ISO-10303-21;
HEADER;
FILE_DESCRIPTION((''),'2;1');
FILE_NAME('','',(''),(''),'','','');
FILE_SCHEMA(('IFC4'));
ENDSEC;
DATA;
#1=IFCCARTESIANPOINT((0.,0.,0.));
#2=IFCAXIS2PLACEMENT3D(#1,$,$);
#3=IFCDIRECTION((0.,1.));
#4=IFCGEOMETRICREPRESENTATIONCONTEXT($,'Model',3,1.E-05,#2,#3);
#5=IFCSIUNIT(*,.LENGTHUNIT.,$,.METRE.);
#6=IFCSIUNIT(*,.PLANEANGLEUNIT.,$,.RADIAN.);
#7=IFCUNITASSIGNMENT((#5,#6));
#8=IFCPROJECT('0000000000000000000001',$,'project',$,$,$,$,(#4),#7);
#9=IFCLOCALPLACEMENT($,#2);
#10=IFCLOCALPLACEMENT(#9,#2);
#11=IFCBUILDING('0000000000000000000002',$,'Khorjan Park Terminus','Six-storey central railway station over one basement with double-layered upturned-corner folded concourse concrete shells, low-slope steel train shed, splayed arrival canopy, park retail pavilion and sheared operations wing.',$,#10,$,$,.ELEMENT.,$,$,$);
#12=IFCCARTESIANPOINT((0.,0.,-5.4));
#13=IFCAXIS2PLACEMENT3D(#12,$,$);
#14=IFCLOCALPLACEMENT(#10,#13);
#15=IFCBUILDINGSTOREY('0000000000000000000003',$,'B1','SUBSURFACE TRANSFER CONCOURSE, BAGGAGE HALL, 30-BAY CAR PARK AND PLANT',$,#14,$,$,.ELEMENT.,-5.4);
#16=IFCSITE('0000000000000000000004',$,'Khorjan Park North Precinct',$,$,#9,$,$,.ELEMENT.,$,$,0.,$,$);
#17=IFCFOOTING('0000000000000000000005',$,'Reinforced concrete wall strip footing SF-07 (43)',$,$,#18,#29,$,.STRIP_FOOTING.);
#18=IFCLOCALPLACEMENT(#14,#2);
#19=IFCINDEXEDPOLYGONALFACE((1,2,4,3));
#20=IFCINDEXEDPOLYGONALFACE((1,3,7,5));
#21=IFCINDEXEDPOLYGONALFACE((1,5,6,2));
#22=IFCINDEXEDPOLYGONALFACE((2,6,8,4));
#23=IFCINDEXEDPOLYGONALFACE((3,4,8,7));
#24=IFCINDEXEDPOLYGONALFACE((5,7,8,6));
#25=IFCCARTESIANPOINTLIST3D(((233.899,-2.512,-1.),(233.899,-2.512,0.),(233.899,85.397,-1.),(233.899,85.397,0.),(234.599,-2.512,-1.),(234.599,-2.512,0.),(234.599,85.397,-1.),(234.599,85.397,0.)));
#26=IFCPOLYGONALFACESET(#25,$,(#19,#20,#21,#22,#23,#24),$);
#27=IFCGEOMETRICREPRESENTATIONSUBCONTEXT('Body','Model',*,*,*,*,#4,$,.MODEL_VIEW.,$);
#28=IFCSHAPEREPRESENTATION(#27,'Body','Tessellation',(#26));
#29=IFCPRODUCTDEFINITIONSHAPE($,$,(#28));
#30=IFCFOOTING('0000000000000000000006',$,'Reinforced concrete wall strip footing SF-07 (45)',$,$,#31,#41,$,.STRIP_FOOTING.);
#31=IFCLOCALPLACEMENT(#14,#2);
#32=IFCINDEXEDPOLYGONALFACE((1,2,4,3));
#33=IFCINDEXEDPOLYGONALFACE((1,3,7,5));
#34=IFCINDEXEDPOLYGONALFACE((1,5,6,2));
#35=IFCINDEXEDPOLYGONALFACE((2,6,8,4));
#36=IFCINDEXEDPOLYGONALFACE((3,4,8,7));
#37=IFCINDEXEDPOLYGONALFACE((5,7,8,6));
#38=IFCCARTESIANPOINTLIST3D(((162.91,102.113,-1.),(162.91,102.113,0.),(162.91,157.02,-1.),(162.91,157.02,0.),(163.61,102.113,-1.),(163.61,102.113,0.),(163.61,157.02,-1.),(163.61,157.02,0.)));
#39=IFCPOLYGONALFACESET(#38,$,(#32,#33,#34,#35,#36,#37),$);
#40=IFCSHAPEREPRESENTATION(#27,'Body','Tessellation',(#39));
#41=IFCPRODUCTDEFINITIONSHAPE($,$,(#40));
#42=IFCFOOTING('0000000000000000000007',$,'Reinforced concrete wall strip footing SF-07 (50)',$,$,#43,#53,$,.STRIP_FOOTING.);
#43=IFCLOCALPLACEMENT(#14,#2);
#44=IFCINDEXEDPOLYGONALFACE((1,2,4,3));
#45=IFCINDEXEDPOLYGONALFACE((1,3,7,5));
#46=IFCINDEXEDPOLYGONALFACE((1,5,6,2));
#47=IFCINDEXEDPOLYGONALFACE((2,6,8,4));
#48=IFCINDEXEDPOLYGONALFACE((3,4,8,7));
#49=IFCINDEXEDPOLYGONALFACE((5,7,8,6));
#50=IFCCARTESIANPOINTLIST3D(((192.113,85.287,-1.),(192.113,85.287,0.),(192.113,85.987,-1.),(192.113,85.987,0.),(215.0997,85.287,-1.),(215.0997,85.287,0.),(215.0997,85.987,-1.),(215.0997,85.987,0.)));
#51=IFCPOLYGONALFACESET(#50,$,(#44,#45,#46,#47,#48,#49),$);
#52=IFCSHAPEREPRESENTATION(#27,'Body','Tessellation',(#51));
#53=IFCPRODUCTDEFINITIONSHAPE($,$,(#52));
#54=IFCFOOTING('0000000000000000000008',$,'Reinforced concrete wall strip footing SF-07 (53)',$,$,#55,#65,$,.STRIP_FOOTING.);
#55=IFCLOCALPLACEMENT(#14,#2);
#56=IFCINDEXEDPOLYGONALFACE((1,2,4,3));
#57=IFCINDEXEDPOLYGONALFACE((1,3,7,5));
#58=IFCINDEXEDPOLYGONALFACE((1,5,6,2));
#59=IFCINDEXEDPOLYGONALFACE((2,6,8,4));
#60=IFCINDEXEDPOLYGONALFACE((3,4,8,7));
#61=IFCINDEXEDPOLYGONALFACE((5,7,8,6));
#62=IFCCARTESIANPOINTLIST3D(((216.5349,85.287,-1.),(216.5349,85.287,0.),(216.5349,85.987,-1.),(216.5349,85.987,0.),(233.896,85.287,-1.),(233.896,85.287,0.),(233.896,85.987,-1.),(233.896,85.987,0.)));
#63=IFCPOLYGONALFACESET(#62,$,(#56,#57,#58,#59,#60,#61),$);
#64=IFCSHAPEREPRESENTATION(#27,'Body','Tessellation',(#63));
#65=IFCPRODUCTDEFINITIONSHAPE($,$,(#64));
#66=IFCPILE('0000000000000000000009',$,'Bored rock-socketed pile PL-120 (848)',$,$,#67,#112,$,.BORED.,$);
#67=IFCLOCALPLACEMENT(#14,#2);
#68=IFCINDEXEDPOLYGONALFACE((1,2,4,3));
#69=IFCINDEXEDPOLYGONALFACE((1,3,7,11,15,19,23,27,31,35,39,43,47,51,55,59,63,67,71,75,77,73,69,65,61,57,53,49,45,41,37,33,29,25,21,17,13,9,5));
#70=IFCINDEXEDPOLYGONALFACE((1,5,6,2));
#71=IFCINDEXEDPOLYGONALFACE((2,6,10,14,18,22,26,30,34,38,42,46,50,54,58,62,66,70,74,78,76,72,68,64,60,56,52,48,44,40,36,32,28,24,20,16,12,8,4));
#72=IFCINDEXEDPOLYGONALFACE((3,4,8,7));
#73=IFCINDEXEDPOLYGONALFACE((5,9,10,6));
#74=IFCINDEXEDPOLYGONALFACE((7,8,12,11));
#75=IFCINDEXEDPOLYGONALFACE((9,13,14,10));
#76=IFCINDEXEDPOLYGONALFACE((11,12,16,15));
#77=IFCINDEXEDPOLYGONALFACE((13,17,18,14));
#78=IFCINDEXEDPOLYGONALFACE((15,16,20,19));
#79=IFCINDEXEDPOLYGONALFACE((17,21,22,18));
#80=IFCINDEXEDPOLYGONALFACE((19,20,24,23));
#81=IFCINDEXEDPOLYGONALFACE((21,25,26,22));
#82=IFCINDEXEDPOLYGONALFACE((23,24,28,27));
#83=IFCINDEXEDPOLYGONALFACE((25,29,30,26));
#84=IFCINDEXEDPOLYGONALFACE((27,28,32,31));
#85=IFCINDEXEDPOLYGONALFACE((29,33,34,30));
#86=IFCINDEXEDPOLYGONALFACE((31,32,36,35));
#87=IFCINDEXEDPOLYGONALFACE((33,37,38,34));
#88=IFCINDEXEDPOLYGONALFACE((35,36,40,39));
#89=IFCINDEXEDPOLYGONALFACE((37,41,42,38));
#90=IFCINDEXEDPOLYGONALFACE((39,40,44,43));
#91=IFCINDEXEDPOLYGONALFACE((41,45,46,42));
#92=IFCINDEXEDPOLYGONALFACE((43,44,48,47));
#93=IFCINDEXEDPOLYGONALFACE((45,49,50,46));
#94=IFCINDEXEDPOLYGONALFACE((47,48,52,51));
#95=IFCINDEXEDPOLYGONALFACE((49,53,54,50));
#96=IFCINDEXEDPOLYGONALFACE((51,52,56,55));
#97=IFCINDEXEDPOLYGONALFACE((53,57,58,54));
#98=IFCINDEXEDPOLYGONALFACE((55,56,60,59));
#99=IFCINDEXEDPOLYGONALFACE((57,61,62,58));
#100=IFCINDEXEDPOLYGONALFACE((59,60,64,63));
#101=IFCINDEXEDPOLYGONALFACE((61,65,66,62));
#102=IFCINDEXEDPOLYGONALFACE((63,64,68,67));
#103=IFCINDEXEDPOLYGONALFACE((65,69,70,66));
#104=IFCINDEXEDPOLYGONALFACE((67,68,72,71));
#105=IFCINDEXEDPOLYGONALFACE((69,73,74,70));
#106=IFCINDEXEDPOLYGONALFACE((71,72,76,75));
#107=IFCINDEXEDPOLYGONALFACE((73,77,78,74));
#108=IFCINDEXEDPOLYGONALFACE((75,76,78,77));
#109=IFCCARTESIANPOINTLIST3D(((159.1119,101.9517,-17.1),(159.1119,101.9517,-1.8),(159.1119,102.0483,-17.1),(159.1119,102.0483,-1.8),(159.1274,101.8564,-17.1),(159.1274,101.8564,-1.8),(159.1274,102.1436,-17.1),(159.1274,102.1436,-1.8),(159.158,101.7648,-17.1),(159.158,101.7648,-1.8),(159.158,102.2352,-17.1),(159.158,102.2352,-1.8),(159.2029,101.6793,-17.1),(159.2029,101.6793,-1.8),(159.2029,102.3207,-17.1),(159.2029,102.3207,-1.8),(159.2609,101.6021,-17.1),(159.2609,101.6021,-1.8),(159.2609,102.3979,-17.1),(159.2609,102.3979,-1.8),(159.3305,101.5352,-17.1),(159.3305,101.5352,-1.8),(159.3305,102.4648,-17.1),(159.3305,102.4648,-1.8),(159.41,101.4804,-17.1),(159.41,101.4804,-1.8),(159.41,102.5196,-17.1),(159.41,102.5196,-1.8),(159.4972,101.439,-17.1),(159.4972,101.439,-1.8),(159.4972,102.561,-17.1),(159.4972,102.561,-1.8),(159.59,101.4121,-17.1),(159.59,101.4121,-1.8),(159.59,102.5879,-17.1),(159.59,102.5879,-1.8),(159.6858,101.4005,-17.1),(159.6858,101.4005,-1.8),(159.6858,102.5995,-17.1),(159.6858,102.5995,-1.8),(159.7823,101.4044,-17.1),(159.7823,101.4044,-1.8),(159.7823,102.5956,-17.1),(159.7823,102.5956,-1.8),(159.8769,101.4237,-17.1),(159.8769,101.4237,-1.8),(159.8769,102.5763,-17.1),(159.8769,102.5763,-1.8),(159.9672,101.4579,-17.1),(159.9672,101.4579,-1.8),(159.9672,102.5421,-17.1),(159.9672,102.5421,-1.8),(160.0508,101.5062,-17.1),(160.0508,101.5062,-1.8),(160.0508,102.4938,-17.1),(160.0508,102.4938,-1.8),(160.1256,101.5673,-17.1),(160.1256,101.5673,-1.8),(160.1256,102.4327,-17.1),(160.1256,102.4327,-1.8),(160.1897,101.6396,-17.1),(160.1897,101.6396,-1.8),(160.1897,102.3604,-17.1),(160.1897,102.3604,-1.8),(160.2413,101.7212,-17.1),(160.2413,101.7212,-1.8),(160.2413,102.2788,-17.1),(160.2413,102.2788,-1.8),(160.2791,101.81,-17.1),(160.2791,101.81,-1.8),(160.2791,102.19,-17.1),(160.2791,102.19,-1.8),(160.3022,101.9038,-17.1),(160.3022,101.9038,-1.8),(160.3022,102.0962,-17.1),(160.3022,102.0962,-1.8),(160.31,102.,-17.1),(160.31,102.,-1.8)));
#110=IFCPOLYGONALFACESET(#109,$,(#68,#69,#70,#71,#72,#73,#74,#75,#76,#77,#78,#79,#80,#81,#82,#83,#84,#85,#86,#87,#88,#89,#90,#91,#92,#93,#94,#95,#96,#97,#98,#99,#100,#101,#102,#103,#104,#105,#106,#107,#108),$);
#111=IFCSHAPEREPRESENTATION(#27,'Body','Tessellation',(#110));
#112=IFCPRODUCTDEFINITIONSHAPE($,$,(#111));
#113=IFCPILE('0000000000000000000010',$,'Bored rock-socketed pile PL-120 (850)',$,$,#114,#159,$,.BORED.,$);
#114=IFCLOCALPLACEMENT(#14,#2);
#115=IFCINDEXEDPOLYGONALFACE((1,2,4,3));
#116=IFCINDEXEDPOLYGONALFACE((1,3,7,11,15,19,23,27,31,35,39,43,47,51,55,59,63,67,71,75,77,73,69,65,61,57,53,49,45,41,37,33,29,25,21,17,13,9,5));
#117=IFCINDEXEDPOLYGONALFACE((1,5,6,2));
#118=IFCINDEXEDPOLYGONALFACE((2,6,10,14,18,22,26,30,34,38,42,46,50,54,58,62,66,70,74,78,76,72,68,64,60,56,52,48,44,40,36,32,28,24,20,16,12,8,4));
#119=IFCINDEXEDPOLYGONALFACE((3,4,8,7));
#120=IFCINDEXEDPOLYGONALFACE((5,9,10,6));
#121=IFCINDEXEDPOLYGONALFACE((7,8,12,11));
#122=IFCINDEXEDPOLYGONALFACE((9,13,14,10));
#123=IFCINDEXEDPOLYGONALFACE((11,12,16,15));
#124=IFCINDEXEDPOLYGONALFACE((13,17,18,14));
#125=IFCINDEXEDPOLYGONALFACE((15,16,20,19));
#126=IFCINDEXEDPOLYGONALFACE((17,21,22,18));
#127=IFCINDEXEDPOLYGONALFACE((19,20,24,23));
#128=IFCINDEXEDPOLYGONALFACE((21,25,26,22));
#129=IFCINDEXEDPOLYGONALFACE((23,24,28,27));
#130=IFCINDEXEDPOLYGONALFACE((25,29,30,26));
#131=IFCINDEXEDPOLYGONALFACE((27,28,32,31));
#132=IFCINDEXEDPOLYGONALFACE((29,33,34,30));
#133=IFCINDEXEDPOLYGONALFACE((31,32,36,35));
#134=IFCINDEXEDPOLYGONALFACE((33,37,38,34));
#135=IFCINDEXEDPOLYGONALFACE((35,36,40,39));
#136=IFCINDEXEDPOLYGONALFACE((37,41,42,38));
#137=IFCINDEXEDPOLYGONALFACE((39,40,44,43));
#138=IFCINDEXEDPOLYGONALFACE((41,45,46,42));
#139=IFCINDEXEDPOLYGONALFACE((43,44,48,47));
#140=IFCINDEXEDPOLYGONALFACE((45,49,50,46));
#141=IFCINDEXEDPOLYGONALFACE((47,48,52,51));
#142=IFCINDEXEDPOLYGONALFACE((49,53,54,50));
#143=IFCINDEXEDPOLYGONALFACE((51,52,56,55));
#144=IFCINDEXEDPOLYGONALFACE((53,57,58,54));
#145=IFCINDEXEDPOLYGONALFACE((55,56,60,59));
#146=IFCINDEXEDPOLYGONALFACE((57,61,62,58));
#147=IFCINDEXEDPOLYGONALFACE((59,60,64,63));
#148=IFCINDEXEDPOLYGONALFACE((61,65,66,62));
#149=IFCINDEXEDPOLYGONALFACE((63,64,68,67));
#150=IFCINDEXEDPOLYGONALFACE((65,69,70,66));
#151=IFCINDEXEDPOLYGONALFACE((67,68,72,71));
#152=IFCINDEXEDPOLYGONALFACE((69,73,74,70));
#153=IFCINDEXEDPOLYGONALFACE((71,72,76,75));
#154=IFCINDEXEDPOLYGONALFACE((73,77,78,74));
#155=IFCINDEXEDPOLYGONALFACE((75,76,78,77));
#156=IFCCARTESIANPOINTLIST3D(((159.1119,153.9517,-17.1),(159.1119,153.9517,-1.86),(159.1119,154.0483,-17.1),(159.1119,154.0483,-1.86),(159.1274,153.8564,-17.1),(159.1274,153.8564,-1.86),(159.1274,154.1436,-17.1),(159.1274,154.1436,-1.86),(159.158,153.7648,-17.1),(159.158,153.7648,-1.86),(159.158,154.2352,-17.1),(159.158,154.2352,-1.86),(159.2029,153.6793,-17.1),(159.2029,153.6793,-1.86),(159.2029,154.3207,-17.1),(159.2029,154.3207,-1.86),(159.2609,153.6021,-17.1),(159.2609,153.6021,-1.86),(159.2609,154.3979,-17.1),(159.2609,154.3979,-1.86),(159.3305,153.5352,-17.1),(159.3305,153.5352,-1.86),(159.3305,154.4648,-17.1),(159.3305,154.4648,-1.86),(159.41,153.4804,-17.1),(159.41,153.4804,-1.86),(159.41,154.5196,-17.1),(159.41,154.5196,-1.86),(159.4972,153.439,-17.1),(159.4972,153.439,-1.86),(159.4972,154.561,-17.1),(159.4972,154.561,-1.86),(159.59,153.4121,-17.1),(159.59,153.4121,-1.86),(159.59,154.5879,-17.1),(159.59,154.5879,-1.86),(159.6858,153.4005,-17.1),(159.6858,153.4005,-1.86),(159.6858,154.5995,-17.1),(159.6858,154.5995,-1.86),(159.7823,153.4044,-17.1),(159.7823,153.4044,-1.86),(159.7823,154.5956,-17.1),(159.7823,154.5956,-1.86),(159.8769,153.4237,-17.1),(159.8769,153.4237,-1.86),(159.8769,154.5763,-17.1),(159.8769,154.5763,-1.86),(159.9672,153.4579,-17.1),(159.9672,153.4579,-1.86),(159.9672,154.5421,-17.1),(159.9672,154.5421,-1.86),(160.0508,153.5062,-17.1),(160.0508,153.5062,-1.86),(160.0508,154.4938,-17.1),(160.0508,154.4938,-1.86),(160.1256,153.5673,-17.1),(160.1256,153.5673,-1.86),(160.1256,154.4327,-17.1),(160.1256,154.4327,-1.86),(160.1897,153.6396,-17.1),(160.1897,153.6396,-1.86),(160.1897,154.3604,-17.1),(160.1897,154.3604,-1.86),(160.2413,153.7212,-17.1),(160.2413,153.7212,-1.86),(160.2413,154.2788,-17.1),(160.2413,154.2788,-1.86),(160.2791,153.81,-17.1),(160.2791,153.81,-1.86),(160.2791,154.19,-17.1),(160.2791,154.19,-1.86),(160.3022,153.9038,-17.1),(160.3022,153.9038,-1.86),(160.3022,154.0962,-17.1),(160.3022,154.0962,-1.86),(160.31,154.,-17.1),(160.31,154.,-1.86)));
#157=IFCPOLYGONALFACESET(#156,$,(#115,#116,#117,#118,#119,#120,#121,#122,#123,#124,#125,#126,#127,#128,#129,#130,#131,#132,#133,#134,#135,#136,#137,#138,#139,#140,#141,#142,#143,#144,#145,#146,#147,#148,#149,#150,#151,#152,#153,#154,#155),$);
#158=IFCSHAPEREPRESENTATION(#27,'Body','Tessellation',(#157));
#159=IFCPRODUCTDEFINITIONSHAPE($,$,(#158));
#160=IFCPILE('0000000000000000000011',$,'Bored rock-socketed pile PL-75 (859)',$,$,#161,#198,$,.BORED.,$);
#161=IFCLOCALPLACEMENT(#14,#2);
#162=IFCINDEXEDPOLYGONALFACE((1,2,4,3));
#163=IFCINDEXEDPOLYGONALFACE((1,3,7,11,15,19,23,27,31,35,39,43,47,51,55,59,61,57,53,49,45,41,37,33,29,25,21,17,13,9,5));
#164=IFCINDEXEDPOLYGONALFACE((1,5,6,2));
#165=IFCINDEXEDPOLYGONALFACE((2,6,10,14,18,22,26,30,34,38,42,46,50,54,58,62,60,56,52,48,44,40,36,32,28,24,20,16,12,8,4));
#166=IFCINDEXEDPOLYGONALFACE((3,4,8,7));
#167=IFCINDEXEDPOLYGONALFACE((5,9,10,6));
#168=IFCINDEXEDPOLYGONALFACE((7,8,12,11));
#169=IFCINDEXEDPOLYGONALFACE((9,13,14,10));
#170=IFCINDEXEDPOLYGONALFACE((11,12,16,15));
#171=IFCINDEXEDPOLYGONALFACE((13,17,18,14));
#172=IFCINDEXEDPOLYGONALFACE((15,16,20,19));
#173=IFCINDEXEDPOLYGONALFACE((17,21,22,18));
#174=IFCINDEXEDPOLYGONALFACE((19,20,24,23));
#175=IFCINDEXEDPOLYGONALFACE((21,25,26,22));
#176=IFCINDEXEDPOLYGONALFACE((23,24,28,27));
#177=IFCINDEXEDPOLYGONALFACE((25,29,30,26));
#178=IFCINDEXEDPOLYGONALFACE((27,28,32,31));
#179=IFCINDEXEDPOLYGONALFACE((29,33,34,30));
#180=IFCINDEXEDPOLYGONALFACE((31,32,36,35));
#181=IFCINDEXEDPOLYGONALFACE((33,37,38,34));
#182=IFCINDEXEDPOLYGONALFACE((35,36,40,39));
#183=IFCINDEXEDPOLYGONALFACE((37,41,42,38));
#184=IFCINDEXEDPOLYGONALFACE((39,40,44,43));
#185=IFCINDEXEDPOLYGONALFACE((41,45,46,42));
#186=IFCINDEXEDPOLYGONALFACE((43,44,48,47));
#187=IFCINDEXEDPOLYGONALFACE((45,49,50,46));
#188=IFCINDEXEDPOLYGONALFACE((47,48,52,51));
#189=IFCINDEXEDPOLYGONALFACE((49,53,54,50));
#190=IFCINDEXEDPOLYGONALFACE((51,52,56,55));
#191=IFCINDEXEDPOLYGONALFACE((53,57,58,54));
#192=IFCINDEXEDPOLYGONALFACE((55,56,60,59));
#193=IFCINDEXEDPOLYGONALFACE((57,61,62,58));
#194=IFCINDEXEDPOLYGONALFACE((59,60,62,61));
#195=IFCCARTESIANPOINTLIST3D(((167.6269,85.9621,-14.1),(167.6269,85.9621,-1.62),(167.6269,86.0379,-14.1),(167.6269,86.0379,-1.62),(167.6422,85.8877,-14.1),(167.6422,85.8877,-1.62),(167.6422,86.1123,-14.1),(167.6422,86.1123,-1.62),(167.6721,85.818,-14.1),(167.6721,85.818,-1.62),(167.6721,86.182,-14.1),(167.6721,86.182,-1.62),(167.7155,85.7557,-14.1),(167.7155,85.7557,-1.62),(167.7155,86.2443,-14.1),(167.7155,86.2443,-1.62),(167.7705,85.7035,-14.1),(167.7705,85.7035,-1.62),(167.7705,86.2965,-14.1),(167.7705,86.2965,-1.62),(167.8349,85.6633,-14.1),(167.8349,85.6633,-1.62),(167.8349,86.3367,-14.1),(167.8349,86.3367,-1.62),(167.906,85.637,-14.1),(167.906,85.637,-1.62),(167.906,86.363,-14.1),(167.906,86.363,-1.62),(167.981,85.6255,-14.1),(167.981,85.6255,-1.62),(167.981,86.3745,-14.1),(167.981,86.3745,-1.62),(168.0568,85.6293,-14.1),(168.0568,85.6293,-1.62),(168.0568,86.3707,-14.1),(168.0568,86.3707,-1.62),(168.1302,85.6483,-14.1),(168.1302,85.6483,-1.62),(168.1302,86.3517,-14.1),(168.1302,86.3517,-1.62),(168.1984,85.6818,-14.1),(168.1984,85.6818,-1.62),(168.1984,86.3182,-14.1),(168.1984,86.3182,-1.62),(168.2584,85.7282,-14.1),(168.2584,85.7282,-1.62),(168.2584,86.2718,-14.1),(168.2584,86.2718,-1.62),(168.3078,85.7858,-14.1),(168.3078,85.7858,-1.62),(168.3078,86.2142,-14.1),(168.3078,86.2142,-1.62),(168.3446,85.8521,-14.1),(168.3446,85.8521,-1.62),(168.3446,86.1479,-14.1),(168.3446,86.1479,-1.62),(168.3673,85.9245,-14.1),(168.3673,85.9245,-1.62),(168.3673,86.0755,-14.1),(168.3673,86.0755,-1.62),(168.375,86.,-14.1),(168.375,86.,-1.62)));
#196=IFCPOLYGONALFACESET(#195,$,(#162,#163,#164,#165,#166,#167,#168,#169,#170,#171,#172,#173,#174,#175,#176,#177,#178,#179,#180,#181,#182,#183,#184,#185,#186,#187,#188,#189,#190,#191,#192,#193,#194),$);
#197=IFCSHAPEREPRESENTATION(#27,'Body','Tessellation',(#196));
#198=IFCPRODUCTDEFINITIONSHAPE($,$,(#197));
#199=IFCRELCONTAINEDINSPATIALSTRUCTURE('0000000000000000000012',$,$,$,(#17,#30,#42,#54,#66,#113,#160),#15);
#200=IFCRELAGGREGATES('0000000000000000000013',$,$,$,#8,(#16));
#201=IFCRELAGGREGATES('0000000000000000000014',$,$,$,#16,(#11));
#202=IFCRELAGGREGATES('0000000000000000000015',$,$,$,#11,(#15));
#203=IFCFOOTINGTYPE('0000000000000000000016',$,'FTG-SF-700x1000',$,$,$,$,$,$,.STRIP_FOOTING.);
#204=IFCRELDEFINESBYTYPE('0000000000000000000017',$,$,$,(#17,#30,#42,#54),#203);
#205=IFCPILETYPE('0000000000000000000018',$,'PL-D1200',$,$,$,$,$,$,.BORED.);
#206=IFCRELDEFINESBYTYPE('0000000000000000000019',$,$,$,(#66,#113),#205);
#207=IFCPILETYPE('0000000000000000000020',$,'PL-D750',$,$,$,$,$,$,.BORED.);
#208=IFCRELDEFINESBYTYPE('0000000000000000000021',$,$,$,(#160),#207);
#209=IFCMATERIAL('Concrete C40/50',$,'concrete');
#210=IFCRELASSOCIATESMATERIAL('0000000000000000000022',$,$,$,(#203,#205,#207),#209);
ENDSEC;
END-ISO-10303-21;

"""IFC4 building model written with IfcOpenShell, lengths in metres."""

from ifc_helpers import new_model, si_unit, direction, frame, origin, origin_2d, place, context, subcontext, project, spatial, rectangle, circle, extrude, material, material_profile, profile_set, type_object, element, save


model = new_model("IFC4")

# Units and contexts
model_context = context("Model", 3, precision=1e-05, world=origin(), true_north=direction((0.0, 1.0)))
body_context = subcontext(model_context, "Body", "Model", "MODEL_VIEW")
ifc_project = project(units=[si_unit("LENGTHUNIT", "METRE"), si_unit("PLANEANGLEUNIT", "RADIAN")], contexts=[model_context])

# Site, building, storey
site_placement = place(None, origin())
site = spatial("IfcSite", under=ifc_project, at=site_placement, Name="Khorjan Park North Precinct", CompositionType="ELEMENT", RefElevation=0.0)
building_placement = place(site_placement, origin())
building = spatial("IfcBuilding", under=site, at=building_placement, Name="Khorjan Park Terminus", Description="Six-storey central railway station over one basement with double-layered upturned-corner folded concourse concrete shells, low-slope steel train shed, splayed arrival canopy, park retail pavilion and sheared operations wing.", CompositionType="ELEMENT")
storey_placement = place(building_placement, frame((0.0, 0.0, -5.4)))
storey = spatial("IfcBuildingStorey", under=building, at=storey_placement, Name="B1", Description="SUBSURFACE TRANSFER CONCOURSE, BAGGAGE HALL, 30-BAY CAR PARK AND PLANT", CompositionType="ELEMENT", Elevation=-5.4)

# Footings
ifc_material_1 = material(Name="Concrete C40/50", Category="concrete")
ifc_material_profile_1 = material_profile(ifc_material_1, rectangle(XDim=0.7, YDim=1.0, at=origin_2d()), Name="RC 700x1000")
ifc_profile_set_1 = profile_set([ifc_material_profile_1], Name="Concrete C40/50")
footing_type_1 = type_object("IfcFootingType", Name="FTG-SF-700x1000", PredefinedType="STRIP_FOOTING", material=ifc_profile_set_1)
footing_1_placement = place(storey_placement, frame((234.249, 85.397, -0.5), z_axis=(0.0, -1.0, 0.0), x_axis=(1.0, 0.0, 0.0)))
element("IfcFooting", 1, at=footing_1_placement, inside=storey, type_object=footing_type_1, Name="Reinforced concrete wall strip footing SF-07 (43)", PredefinedType="STRIP_FOOTING", context=body_context, shape_type="SweptSolid", body=[
    extrude(rectangle(XDim=0.7, YDim=1.0, at=origin_2d()), origin(), (0.0, 0.0, 1.0), 87.909),
])
footing_2_placement = place(storey_placement, frame((163.26, 157.02, -0.5), z_axis=(0.0, -1.0, 0.0), x_axis=(1.0, 0.0, 0.0)))
element("IfcFooting", 2, at=footing_2_placement, inside=storey, type_object=footing_type_1, Name="Reinforced concrete wall strip footing SF-07 (45)", PredefinedType="STRIP_FOOTING", context=body_context, shape_type="SweptSolid", body=[
    extrude(rectangle(XDim=0.7, YDim=1.0, at=origin_2d()), origin(), (0.0, 0.0, 1.0), 54.907),
])
footing_3_placement = place(storey_placement, frame((192.113, 85.637, -0.5), z_axis=(1.0, 0.0, 0.0), x_axis=(0.0, 1.0, 0.0)))
element("IfcFooting", 3, at=footing_3_placement, inside=storey, type_object=footing_type_1, Name="Reinforced concrete wall strip footing SF-07 (50)", PredefinedType="STRIP_FOOTING", context=body_context, shape_type="SweptSolid", body=[
    extrude(rectangle(XDim=0.7, YDim=1.0, at=origin_2d()), origin(), (0.0, 0.0, 1.0), 22.9867),
])
footing_4_placement = place(storey_placement, frame((216.5349, 85.637, -0.5), z_axis=(1.0, 0.0, 0.0), x_axis=(0.0, 1.0, 0.0)))
element("IfcFooting", 4, at=footing_4_placement, inside=storey, type_object=footing_type_1, Name="Reinforced concrete wall strip footing SF-07 (53)", PredefinedType="STRIP_FOOTING", context=body_context, shape_type="SweptSolid", body=[
    extrude(rectangle(XDim=0.7, YDim=1.0, at=origin_2d()), origin(), (0.0, 0.0, 1.0), 17.3611),
])

# Piles
ifc_material_profile_2 = material_profile(ifc_material_1, circle(Radius=0.6, at=origin_2d()), Name="BORED D1200")
ifc_profile_set_2 = profile_set([ifc_material_profile_2], Name="Concrete C40/50")
pile_type_1 = type_object("IfcPileType", Name="PL-D1200", PredefinedType="BORED", material=ifc_profile_set_2)
pile_1_placement = place(storey_placement, frame((159.71, 102.0, -1.8), z_axis=(0.0, 0.0, -1.0), x_axis=(1.0, 0.0, 0.0)))
element("IfcPile", 5, at=pile_1_placement, inside=storey, type_object=pile_type_1, Name="Bored rock-socketed pile PL-120 (848)", PredefinedType="BORED", context=body_context, shape_type="SweptSolid", body=[
    extrude(circle(Radius=0.6, at=origin_2d()), origin(), (0.0, 0.0, 1.0), 15.3),
])
pile_2_placement = place(storey_placement, frame((159.71, 154.0, -1.86), z_axis=(0.0, 0.0, -1.0), x_axis=(1.0, 0.0, 0.0)))
element("IfcPile", 6, at=pile_2_placement, inside=storey, type_object=pile_type_1, Name="Bored rock-socketed pile PL-120 (850)", PredefinedType="BORED", context=body_context, shape_type="SweptSolid", body=[
    extrude(circle(Radius=0.6, at=origin_2d()), origin(), (0.0, 0.0, 1.0), 15.24),
])
ifc_material_profile_3 = material_profile(ifc_material_1, circle(Radius=0.375, at=origin_2d()), Name="BORED D750")
ifc_profile_set_3 = profile_set([ifc_material_profile_3], Name="Concrete C40/50")
pile_type_2 = type_object("IfcPileType", Name="PL-D750", PredefinedType="BORED", material=ifc_profile_set_3)
pile_3_placement = place(storey_placement, frame((168.0, 86.0, -1.62), z_axis=(0.0, 0.0, -1.0), x_axis=(1.0, 0.0, 0.0)))
element("IfcPile", 7, at=pile_3_placement, inside=storey, type_object=pile_type_2, Name="Bored rock-socketed pile PL-75 (859)", PredefinedType="BORED", context=body_context, shape_type="SweptSolid", body=[
    extrude(circle(Radius=0.375, at=origin_2d()), origin(), (0.0, 0.0, 1.0), 12.48),
])

save(model, "model.ifc")
